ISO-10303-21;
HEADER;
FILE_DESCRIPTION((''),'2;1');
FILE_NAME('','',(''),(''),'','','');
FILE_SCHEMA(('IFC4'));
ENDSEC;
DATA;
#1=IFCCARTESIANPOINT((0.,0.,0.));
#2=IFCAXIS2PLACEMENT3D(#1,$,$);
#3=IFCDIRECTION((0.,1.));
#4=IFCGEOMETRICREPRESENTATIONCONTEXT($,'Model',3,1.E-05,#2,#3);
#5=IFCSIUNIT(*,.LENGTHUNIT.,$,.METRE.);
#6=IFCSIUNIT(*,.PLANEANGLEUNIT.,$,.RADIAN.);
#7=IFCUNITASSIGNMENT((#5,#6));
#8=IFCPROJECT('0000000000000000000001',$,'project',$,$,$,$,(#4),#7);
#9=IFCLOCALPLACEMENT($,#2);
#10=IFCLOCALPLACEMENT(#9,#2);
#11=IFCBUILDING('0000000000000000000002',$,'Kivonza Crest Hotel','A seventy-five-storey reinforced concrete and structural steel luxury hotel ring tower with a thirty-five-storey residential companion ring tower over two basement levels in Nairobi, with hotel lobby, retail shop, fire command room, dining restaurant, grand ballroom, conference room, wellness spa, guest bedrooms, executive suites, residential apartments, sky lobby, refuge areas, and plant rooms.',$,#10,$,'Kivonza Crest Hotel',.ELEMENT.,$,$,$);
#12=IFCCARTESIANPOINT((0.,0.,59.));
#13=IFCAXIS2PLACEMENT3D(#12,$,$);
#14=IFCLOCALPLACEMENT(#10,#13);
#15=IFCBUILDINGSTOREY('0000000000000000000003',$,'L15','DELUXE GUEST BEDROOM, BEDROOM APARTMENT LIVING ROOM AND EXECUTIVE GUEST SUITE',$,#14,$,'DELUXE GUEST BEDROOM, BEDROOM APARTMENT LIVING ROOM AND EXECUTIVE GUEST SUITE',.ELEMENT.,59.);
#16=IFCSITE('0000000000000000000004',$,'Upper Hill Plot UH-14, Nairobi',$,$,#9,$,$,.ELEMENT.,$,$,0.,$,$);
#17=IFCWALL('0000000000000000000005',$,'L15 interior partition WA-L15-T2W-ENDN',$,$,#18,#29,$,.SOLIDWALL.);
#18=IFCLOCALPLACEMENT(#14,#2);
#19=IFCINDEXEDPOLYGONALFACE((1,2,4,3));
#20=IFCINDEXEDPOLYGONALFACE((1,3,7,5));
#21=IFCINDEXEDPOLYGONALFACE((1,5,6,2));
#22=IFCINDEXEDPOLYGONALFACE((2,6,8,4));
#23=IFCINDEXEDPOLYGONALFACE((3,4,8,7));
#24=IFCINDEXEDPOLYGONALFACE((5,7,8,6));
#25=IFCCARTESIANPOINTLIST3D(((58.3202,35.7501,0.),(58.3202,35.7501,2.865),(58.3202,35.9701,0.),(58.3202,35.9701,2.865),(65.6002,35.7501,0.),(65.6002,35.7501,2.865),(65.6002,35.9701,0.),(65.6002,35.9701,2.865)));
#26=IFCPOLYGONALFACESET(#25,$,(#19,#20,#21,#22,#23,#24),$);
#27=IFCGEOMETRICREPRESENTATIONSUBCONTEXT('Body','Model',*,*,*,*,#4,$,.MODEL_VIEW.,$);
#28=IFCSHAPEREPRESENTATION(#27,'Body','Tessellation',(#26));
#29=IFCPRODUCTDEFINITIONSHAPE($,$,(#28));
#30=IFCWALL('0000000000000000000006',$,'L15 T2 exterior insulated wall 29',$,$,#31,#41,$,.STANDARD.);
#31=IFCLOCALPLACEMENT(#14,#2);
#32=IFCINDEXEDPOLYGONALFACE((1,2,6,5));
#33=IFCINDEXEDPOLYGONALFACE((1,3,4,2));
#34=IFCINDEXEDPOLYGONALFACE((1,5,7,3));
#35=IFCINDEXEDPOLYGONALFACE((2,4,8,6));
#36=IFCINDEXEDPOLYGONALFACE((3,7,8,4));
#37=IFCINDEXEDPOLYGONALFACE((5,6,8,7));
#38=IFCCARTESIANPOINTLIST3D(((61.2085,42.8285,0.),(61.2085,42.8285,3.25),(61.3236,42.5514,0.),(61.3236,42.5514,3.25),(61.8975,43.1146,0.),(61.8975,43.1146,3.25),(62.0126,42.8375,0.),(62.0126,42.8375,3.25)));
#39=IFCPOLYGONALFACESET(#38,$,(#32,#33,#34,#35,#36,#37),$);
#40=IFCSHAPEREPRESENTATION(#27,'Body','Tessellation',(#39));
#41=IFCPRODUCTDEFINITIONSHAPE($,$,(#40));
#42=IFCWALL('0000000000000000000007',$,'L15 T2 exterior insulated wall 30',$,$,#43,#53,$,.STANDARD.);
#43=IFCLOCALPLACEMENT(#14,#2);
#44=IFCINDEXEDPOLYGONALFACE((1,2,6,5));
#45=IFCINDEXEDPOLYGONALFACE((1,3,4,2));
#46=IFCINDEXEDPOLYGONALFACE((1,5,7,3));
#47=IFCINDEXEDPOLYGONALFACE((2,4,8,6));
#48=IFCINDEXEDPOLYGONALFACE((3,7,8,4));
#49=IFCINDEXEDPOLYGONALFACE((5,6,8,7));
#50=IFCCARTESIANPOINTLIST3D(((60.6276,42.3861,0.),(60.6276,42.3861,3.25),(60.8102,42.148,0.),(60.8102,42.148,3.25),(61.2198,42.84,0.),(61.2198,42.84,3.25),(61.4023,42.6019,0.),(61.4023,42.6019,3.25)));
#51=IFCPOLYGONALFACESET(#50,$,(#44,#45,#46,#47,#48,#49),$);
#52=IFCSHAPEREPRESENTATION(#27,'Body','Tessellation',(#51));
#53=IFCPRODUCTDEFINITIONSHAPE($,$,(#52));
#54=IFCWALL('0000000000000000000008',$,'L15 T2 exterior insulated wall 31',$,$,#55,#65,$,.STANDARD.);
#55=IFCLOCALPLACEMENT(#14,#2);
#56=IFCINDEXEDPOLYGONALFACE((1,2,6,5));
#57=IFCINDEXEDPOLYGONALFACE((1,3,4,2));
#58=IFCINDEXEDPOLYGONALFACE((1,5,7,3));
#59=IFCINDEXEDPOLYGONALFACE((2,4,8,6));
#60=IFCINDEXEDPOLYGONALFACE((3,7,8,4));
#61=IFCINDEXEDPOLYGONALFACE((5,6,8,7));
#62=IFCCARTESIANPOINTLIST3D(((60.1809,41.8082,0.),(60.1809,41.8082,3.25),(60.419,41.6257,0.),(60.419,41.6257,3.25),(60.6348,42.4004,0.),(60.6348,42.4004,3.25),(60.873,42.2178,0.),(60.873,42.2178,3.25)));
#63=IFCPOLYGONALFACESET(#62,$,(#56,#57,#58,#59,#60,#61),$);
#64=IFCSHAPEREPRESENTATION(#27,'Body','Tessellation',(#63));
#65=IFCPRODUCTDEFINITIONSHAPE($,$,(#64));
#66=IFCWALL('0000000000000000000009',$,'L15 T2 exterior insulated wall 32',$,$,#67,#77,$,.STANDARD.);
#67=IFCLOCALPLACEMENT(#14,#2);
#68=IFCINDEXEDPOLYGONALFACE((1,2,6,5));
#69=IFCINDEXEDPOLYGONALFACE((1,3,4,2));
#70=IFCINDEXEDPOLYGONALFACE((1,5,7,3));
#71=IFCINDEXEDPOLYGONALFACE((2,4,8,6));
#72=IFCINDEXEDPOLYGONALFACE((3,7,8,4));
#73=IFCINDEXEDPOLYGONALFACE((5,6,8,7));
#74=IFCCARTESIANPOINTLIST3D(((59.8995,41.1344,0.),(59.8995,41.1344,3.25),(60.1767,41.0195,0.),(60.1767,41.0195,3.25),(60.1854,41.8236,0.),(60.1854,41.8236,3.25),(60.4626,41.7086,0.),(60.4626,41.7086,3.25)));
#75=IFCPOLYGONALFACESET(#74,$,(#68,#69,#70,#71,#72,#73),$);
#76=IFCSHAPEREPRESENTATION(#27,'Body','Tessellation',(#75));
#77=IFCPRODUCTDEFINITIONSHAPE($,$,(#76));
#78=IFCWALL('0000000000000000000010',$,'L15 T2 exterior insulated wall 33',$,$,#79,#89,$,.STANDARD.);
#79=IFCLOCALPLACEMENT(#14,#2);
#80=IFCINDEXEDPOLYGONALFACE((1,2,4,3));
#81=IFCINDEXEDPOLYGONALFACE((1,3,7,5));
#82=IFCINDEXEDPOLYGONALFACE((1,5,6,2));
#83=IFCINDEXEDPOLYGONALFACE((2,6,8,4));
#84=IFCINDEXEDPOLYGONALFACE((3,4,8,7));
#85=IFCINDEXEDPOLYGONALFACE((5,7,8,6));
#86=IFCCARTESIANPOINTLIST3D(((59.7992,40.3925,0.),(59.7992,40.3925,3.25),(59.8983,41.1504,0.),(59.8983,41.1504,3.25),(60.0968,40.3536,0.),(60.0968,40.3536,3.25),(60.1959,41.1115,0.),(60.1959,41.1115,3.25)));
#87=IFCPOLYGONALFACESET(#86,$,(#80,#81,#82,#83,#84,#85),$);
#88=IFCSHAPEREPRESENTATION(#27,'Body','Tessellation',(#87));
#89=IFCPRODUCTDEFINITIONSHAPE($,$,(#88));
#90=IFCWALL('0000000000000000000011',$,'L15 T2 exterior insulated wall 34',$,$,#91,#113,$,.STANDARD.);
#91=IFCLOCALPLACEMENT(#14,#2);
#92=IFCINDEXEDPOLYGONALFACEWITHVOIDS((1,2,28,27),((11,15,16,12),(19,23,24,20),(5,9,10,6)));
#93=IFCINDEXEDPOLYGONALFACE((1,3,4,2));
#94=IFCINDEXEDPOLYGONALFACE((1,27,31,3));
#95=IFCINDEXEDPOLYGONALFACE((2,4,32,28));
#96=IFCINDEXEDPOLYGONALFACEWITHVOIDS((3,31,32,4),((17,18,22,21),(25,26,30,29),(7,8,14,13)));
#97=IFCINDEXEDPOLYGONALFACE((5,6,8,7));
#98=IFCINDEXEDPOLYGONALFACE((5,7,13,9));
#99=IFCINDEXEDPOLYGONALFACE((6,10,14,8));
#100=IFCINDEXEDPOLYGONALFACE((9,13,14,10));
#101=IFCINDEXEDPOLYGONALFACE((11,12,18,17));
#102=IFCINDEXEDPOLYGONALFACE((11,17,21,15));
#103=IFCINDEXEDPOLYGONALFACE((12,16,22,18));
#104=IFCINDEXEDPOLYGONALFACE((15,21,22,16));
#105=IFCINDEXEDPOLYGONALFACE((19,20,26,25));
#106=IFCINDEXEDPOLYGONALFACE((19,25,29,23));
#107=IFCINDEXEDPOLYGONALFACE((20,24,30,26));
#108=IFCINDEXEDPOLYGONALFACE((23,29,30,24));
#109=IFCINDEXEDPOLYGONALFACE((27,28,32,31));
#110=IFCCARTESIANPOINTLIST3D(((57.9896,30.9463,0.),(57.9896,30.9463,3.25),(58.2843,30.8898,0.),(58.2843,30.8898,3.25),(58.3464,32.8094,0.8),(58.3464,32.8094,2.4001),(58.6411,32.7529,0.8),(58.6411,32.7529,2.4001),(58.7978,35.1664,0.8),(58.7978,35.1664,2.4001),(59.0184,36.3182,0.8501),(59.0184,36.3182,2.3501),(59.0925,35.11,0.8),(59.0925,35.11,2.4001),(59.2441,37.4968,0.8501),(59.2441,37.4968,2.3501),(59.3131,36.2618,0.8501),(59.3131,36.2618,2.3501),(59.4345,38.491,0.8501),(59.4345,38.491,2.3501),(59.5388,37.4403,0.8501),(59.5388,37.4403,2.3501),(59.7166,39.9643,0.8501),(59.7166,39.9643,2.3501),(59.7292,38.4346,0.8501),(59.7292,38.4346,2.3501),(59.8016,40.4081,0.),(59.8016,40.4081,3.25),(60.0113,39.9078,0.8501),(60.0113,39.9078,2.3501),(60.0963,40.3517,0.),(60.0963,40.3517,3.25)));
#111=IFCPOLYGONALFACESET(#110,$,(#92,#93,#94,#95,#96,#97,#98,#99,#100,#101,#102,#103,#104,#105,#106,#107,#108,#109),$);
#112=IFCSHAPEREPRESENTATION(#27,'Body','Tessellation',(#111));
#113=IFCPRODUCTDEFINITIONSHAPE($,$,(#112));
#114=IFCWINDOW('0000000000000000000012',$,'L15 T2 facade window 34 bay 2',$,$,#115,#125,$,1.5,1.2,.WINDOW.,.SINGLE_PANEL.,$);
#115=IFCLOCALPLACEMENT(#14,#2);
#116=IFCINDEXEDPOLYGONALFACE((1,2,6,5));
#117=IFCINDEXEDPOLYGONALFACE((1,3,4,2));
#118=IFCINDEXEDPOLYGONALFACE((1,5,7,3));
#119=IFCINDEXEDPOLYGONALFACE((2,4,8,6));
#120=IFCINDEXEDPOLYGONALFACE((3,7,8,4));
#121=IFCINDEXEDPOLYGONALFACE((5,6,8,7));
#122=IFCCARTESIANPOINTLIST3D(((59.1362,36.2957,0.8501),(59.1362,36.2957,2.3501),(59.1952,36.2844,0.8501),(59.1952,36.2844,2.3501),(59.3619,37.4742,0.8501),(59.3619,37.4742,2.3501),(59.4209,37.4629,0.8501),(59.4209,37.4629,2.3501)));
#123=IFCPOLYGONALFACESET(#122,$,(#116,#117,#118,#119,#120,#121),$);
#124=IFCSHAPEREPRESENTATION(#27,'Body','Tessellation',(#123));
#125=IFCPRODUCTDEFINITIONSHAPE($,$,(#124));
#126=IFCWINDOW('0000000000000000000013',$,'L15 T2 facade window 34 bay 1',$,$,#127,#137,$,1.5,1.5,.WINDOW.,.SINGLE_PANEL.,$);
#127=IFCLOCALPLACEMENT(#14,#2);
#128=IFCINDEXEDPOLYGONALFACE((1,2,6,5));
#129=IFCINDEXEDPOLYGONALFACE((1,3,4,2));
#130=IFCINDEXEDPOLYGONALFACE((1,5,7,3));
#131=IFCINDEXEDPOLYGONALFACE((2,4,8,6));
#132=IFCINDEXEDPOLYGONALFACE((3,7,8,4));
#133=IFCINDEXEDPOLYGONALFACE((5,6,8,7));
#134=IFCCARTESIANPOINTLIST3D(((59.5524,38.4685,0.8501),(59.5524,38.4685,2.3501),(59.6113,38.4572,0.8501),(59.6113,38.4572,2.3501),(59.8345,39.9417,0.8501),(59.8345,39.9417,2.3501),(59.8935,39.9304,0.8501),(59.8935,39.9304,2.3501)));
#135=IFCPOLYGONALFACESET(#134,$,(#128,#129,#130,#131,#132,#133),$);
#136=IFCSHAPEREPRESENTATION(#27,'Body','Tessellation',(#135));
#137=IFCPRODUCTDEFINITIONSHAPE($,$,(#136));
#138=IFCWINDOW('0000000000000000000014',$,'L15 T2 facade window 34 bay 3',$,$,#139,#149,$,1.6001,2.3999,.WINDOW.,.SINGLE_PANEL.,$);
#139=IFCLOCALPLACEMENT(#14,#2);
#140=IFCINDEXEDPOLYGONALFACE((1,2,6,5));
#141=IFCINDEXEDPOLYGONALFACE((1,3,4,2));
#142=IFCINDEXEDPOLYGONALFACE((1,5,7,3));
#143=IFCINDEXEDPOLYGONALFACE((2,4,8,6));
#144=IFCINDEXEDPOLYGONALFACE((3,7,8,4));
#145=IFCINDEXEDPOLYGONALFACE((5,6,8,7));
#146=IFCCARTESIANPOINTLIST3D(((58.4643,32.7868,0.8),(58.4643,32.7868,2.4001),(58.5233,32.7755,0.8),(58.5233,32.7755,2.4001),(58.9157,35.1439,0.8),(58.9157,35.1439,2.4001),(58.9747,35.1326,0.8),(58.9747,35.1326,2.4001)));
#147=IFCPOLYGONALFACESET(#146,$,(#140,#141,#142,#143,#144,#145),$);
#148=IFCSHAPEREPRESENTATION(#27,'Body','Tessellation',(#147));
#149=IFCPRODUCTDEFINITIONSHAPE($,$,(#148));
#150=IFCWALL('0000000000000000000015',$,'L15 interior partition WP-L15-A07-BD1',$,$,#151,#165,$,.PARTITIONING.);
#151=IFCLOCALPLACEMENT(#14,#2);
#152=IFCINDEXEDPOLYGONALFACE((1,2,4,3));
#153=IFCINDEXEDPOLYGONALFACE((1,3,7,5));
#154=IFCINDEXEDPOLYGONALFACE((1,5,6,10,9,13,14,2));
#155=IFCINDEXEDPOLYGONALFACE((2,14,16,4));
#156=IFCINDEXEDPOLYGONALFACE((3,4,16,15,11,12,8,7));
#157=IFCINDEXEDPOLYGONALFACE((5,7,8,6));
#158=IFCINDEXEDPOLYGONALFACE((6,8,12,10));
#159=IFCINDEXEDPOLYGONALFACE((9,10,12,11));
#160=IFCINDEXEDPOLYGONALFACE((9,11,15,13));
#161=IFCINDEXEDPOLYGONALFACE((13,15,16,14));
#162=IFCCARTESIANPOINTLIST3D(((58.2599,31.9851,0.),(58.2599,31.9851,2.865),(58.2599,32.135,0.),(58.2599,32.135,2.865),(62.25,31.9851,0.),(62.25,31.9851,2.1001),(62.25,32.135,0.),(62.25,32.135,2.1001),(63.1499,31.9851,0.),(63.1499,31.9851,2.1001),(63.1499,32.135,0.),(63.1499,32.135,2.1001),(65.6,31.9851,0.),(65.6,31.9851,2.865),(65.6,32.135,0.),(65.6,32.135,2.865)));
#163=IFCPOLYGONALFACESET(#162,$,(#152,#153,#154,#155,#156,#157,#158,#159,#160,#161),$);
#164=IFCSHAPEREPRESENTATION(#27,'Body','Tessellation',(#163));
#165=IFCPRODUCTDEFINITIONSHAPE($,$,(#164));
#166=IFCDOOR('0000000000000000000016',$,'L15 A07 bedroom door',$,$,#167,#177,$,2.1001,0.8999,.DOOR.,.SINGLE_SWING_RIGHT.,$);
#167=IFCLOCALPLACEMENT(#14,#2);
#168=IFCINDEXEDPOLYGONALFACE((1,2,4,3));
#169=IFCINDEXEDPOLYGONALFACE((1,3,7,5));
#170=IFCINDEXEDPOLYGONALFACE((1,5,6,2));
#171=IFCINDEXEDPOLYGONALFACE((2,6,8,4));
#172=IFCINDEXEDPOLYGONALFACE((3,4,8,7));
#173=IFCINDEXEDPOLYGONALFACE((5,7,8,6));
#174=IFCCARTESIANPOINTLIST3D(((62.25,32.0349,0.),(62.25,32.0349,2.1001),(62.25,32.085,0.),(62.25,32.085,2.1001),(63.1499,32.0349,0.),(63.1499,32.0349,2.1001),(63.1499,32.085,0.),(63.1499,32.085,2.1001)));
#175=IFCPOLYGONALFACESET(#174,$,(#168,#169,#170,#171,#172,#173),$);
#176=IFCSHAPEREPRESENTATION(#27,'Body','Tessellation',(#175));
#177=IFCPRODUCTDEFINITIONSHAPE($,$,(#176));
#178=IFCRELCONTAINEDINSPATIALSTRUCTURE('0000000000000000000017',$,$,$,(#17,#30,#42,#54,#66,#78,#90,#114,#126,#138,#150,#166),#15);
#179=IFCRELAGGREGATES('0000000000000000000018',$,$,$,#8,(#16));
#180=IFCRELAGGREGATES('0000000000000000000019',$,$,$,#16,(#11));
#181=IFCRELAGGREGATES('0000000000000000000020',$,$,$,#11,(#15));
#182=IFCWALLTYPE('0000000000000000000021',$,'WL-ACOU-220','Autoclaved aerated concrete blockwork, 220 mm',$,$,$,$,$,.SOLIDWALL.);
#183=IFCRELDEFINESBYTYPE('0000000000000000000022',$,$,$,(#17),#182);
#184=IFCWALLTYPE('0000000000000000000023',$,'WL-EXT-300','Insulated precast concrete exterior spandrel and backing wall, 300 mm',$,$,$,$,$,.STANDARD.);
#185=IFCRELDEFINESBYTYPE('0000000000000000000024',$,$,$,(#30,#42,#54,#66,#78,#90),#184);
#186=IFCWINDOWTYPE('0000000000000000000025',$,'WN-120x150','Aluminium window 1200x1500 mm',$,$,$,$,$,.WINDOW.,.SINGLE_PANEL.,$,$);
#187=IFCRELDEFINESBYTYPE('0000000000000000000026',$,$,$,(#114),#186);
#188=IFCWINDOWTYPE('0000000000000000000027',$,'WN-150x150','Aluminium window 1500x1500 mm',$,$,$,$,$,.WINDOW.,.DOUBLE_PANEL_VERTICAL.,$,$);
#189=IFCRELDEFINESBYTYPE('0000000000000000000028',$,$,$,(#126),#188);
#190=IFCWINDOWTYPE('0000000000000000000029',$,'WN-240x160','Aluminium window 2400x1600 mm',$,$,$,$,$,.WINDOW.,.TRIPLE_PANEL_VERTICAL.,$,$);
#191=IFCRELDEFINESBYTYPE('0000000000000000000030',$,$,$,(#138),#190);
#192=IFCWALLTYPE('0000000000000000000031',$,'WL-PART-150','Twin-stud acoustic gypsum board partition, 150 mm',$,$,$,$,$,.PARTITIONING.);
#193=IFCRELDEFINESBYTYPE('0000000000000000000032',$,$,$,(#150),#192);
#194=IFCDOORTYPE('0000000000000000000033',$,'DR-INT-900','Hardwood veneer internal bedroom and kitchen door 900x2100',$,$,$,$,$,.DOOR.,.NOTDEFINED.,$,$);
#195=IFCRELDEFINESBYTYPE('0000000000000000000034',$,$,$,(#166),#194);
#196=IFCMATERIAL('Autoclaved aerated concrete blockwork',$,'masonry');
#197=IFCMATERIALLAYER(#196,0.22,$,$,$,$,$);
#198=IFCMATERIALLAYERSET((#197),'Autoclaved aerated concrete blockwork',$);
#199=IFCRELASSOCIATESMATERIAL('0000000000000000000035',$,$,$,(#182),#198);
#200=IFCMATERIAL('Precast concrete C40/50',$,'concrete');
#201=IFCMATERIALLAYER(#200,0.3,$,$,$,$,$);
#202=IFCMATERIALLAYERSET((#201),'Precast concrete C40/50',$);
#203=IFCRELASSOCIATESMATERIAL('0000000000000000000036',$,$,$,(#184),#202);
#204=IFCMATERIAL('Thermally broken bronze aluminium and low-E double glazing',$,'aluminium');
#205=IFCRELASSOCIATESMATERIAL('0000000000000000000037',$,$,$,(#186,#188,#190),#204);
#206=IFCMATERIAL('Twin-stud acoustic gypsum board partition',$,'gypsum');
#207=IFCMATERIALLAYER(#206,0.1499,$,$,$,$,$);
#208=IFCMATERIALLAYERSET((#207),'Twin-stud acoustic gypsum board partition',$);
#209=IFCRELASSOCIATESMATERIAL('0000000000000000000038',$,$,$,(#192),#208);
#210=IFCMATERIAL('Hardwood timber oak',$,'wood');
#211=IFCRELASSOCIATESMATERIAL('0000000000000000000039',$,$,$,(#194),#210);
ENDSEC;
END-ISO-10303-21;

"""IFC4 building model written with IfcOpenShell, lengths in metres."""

from ifc_helpers import new_model, si_unit, direction, frame, frame_2d, origin, place, context, subcontext, project, spatial, rectangle, extrude, material, layer, layer_set, type_object, element, fill, save


model = new_model("IFC4")

# Units and contexts
model_context = context("Model", 3, precision=1e-05, world=origin(), true_north=direction((0.0, 1.0)))
body_context = subcontext(model_context, "Body", "Model", "MODEL_VIEW")
ifc_project = project(units=[si_unit("LENGTHUNIT", "METRE"), si_unit("PLANEANGLEUNIT", "RADIAN")], contexts=[model_context])

# Site, building, storey
site_placement = place(None, origin())
site = spatial("IfcSite", under=ifc_project, at=site_placement, Name="Upper Hill Plot UH-14, Nairobi", CompositionType="ELEMENT", RefElevation=0.0)
building_placement = place(site_placement, origin())
building = spatial("IfcBuilding", under=site, at=building_placement, Name="Kivonza Crest Hotel", Description="A seventy-five-storey reinforced concrete and structural steel luxury hotel ring tower with a thirty-five-storey residential companion ring tower over two basement levels in Nairobi, with hotel lobby, retail shop, fire command room, dining restaurant, grand ballroom, conference room, wellness spa, guest bedrooms, executive suites, residential apartments, sky lobby, refuge areas, and plant rooms.", LongName="Kivonza Crest Hotel", CompositionType="ELEMENT")
storey_placement = place(building_placement, frame((0.0, 0.0, 59.0)))
storey = spatial("IfcBuildingStorey", under=building, at=storey_placement, Name="L15", Description="DELUXE GUEST BEDROOM, BEDROOM APARTMENT LIVING ROOM AND EXECUTIVE GUEST SUITE", LongName="DELUXE GUEST BEDROOM, BEDROOM APARTMENT LIVING ROOM AND EXECUTIVE GUEST SUITE", CompositionType="ELEMENT", Elevation=59.0)

# Walls
ifc_material_1 = material(Name="Autoclaved aerated concrete blockwork", Category="masonry")
ifc_layer_1 = layer(ifc_material_1, 0.22)
ifc_layer_set_1 = layer_set([ifc_layer_1], Name="Autoclaved aerated concrete blockwork")
wall_type_1 = type_object("IfcWallType", Name="WL-ACOU-220", Description="Autoclaved aerated concrete blockwork, 220 mm", PredefinedType="SOLIDWALL", material=ifc_layer_set_1)
wall_1_placement = place(storey_placement, frame((58.3201, 35.8601, 0.0), z_axis=(0.0, 0.0, 1.0), x_axis=(1.0, 0.0, 0.0)))
element("IfcWall", 1, at=wall_1_placement, inside=storey, type_object=wall_type_1, Name="L15 interior partition WA-L15-T2W-ENDN", PredefinedType="SOLIDWALL", context=body_context, shape_type="SweptSolid", body=[
    extrude(rectangle(XDim=7.28, YDim=0.22, at=frame_2d((3.6401, 0.0))), origin(), (0.0, 0.0, 1.0), 2.865),
])
ifc_material_2 = material(Name="Precast concrete C40/50", Category="concrete")
ifc_layer_2 = layer(ifc_material_2, 0.3)
ifc_layer_set_2 = layer_set([ifc_layer_2], Name="Precast concrete C40/50")
wall_type_2 = type_object("IfcWallType", Name="WL-EXT-300", Description="Insulated precast concrete exterior spandrel and backing wall, 300 mm", PredefinedType="STANDARD", material=ifc_layer_set_2)
for number, where, z_axis, x_axis, name in (
    (2, (61.9551, 42.9761, 0.0), (0.0, 0.0, 1.0), (-0.923522, -0.383546, 0.0), "L15 T2 exterior insulated wall 29"),
    (3, (61.311, 42.7209, 0.0), (0.0, 0.0, 1.0), (-0.793633, -0.608397, 0.0), "L15 T2 exterior insulated wall 30"),
    (4, (60.7539, 42.3091, 0.0), (0.0, 0.0, 1.0), (-0.608397, -0.793633, 0.0), "L15 T2 exterior insulated wall 31"),
    (5, (60.324, 41.7661, 0.0), (0.0, 0.0, 1.0), (-0.383151, -0.923686, 0.0), "L15 T2 exterior insulated wall 32"),
):
    element("IfcWall", number, at=place(storey_placement, frame(where, z_axis=z_axis, x_axis=x_axis)), inside=storey, type_object=wall_type_2, Name=name, PredefinedType="STANDARD", context=body_context, shape_type="SweptSolid", body=[
        extrude(rectangle(XDim=0.7461, YDim=0.3, at=frame_2d((0.373, 0.0))), origin(), (0.0, 0.0, 1.0), 3.25),
    ])
wall_2_placement = place(storey_placement, frame((60.0471, 41.1311, 0.0), z_axis=(0.0, 0.0, 1.0), x_axis=(-0.129653, -0.991559, 0.0)))
element("IfcWall", 6, at=wall_2_placement, inside=storey, type_object=wall_type_2, Name="L15 T2 exterior insulated wall 33", PredefinedType="STANDARD", context=body_context, shape_type="SweptSolid", body=[
    extrude(rectangle(XDim=0.7644, YDim=0.3, at=frame_2d((0.3823, 0.0))), origin(), (0.0, 0.0, 1.0), 3.25),
])

# Wall, openings, windows
wall_3_placement = place(storey_placement, frame((59.949, 40.3799, 0.0), z_axis=(0.0, 0.0, 1.0), x_axis=(-0.188088, -0.982152, 0.0)))
wall_3 = element("IfcWall", 7, at=wall_3_placement, inside=storey, type_object=wall_type_2, Name="L15 T2 exterior insulated wall 34", PredefinedType="STANDARD", context=body_context, shape_type="SweptSolid", body=[
    extrude(rectangle(XDim=9.6338, YDim=0.3, at=frame_2d((4.8169, 0.0))), origin(), (0.0, 0.0, 1.0), 3.25),
])
opening_1_placement = place(wall_3_placement, frame((0.4519, 0.0, 0.8501)))
opening_1 = element("IfcOpeningElement", 8, at=opening_1_placement, cuts=wall_3, PredefinedType="OPENING", context=body_context, shape_type="SweptSolid", body=[
    extrude(rectangle(XDim=1.5, YDim=1.5, at=frame_2d((0.75, 0.75))), frame((0.0, 0.1602, 0.0), z_axis=(0.0, -1.0, 0.0), x_axis=(1.0, 0.0, 0.0)), (0.0, 0.0, 1.0), 0.3201),
])
opening_2_placement = place(wall_3_placement, frame((2.9641, 0.0, 0.8501)))
opening_2 = element("IfcOpeningElement", 9, at=opening_2_placement, cuts=wall_3, PredefinedType="OPENING", context=body_context, shape_type="SweptSolid", body=[
    extrude(rectangle(XDim=1.2, YDim=1.5, at=frame_2d((0.6001, 0.75))), frame((0.0, 0.1602, 0.0), z_axis=(0.0, -1.0, 0.0), x_axis=(1.0, 0.0, 0.0)), (0.0, 0.0, 1.0), 0.3201),
])
opening_3_placement = place(wall_3_placement, frame((5.3369, 0.0, 0.8)))
opening_3 = element("IfcOpeningElement", 10, at=opening_3_placement, cuts=wall_3, PredefinedType="OPENING", context=body_context, shape_type="SweptSolid", body=[
    extrude(rectangle(XDim=2.3999, YDim=1.6001, at=frame_2d((1.2, 0.8))), frame((0.0, 0.1602, 0.0), z_axis=(0.0, -1.0, 0.0), x_axis=(1.0, 0.0, 0.0)), (0.0, 0.0, 1.0), 0.3201),
])
ifc_material_3 = material(Name="Thermally broken bronze aluminium and low-E double glazing", Category="aluminium")
window_type_1 = type_object("IfcWindowType", Name="WN-120x150", Description="Aluminium window 1200x1500 mm", PartitioningType="SINGLE_PANEL", PredefinedType="WINDOW", material=ifc_material_3)
window_1_placement = place(opening_2_placement, origin())
window_1 = element("IfcWindow", 11, at=window_1_placement, inside=storey, type_object=window_type_1, Name="L15 T2 facade window 34 bay 2", OverallHeight=1.5, OverallWidth=1.2, PartitioningType="SINGLE_PANEL", PredefinedType="WINDOW", context=body_context, shape_type="SweptSolid", body=[
    extrude(rectangle(XDim=1.2, YDim=1.5, at=frame_2d((0.6001, 0.75))), frame((0.0, 0.03, 0.0), z_axis=(0.0, -1.0, 0.0), x_axis=(1.0, 0.0, 0.0)), (0.0, 0.0, 1.0), 0.0601),
])
fill(opening_2, window_1)
window_type_2 = type_object("IfcWindowType", Name="WN-150x150", Description="Aluminium window 1500x1500 mm", PartitioningType="DOUBLE_PANEL_VERTICAL", PredefinedType="WINDOW", material=ifc_material_3)
window_2_placement = place(opening_1_placement, origin())
window_2 = element("IfcWindow", 12, at=window_2_placement, inside=storey, type_object=window_type_2, Name="L15 T2 facade window 34 bay 1", OverallHeight=1.5, OverallWidth=1.5, PartitioningType="SINGLE_PANEL", PredefinedType="WINDOW", context=body_context, shape_type="SweptSolid", body=[
    extrude(rectangle(XDim=1.5, YDim=1.5, at=frame_2d((0.75, 0.75))), frame((0.0, 0.03, 0.0), z_axis=(0.0, -1.0, 0.0), x_axis=(1.0, 0.0, 0.0)), (0.0, 0.0, 1.0), 0.0601),
])
fill(opening_1, window_2)
window_type_3 = type_object("IfcWindowType", Name="WN-240x160", Description="Aluminium window 2400x1600 mm", PartitioningType="TRIPLE_PANEL_VERTICAL", PredefinedType="WINDOW", material=ifc_material_3)
window_3_placement = place(opening_3_placement, origin())
window_3 = element("IfcWindow", 13, at=window_3_placement, inside=storey, type_object=window_type_3, Name="L15 T2 facade window 34 bay 3", OverallHeight=1.6001, OverallWidth=2.3999, PartitioningType="SINGLE_PANEL", PredefinedType="WINDOW", context=body_context, shape_type="SweptSolid", body=[
    extrude(rectangle(XDim=2.3999, YDim=1.6001, at=frame_2d((1.2, 0.8))), frame((0.0, 0.03, 0.0), z_axis=(0.0, -1.0, 0.0), x_axis=(1.0, 0.0, 0.0)), (0.0, 0.0, 1.0), 0.0601),
])
fill(opening_3, window_3)

# Wall, opening, door
ifc_material_4 = material(Name="Twin-stud acoustic gypsum board partition", Category="gypsum")
ifc_layer_3 = layer(ifc_material_4, 0.1499)
ifc_layer_set_3 = layer_set([ifc_layer_3], Name="Twin-stud acoustic gypsum board partition")
wall_type_3 = type_object("IfcWallType", Name="WL-PART-150", Description="Twin-stud acoustic gypsum board partition, 150 mm", PredefinedType="PARTITIONING", material=ifc_layer_set_3)
wall_4_placement = place(storey_placement, frame((58.26, 32.0601, 0.0), z_axis=(0.0, 0.0, 1.0), x_axis=(1.0, 0.0, 0.0)))
wall_4 = element("IfcWall", 14, at=wall_4_placement, inside=storey, type_object=wall_type_3, Name="L15 interior partition WP-L15-A07-BD1", PredefinedType="PARTITIONING", context=body_context, shape_type="SweptSolid", body=[
    extrude(rectangle(XDim=7.3401, YDim=0.1499, at=frame_2d((3.6699, 0.0))), origin(), (0.0, 0.0, 1.0), 2.865),
])
opening_4_placement = place(wall_4_placement, frame((3.99, 0.0, 0.0)))
opening_4 = element("IfcOpeningElement", 15, at=opening_4_placement, cuts=wall_4, PredefinedType="OPENING", context=body_context, shape_type="SweptSolid", body=[
    extrude(rectangle(XDim=0.8999, YDim=2.1001, at=frame_2d((0.45, 1.05))), frame((0.0, 0.085, 0.0), z_axis=(0.0, -1.0, 0.0), x_axis=(1.0, 0.0, 0.0)), (0.0, 0.0, 1.0), 0.1699),
])
ifc_material_5 = material(Name="Hardwood timber oak", Category="wood")
door_type = type_object("IfcDoorType", Name="DR-INT-900", Description="Hardwood veneer internal bedroom and kitchen door 900x2100", OperationType="NOTDEFINED", PredefinedType="DOOR", material=ifc_material_5)
door_placement = place(opening_4_placement, origin())
door = element("IfcDoor", 16, at=door_placement, inside=storey, type_object=door_type, Name="L15 A07 bedroom door", OperationType="SINGLE_SWING_RIGHT", OverallHeight=2.1001, OverallWidth=0.8999, PredefinedType="DOOR", context=body_context, shape_type="SweptSolid", body=[
    extrude(rectangle(XDim=0.8999, YDim=2.1001, at=frame_2d((0.45, 1.05))), frame((0.0, 0.0249, 0.0), z_axis=(0.0, -1.0, 0.0), x_axis=(1.0, 0.0, 0.0)), (0.0, 0.0, 1.0), 0.05),
])
fill(opening_4, door)

save(model, "model.ifc")
